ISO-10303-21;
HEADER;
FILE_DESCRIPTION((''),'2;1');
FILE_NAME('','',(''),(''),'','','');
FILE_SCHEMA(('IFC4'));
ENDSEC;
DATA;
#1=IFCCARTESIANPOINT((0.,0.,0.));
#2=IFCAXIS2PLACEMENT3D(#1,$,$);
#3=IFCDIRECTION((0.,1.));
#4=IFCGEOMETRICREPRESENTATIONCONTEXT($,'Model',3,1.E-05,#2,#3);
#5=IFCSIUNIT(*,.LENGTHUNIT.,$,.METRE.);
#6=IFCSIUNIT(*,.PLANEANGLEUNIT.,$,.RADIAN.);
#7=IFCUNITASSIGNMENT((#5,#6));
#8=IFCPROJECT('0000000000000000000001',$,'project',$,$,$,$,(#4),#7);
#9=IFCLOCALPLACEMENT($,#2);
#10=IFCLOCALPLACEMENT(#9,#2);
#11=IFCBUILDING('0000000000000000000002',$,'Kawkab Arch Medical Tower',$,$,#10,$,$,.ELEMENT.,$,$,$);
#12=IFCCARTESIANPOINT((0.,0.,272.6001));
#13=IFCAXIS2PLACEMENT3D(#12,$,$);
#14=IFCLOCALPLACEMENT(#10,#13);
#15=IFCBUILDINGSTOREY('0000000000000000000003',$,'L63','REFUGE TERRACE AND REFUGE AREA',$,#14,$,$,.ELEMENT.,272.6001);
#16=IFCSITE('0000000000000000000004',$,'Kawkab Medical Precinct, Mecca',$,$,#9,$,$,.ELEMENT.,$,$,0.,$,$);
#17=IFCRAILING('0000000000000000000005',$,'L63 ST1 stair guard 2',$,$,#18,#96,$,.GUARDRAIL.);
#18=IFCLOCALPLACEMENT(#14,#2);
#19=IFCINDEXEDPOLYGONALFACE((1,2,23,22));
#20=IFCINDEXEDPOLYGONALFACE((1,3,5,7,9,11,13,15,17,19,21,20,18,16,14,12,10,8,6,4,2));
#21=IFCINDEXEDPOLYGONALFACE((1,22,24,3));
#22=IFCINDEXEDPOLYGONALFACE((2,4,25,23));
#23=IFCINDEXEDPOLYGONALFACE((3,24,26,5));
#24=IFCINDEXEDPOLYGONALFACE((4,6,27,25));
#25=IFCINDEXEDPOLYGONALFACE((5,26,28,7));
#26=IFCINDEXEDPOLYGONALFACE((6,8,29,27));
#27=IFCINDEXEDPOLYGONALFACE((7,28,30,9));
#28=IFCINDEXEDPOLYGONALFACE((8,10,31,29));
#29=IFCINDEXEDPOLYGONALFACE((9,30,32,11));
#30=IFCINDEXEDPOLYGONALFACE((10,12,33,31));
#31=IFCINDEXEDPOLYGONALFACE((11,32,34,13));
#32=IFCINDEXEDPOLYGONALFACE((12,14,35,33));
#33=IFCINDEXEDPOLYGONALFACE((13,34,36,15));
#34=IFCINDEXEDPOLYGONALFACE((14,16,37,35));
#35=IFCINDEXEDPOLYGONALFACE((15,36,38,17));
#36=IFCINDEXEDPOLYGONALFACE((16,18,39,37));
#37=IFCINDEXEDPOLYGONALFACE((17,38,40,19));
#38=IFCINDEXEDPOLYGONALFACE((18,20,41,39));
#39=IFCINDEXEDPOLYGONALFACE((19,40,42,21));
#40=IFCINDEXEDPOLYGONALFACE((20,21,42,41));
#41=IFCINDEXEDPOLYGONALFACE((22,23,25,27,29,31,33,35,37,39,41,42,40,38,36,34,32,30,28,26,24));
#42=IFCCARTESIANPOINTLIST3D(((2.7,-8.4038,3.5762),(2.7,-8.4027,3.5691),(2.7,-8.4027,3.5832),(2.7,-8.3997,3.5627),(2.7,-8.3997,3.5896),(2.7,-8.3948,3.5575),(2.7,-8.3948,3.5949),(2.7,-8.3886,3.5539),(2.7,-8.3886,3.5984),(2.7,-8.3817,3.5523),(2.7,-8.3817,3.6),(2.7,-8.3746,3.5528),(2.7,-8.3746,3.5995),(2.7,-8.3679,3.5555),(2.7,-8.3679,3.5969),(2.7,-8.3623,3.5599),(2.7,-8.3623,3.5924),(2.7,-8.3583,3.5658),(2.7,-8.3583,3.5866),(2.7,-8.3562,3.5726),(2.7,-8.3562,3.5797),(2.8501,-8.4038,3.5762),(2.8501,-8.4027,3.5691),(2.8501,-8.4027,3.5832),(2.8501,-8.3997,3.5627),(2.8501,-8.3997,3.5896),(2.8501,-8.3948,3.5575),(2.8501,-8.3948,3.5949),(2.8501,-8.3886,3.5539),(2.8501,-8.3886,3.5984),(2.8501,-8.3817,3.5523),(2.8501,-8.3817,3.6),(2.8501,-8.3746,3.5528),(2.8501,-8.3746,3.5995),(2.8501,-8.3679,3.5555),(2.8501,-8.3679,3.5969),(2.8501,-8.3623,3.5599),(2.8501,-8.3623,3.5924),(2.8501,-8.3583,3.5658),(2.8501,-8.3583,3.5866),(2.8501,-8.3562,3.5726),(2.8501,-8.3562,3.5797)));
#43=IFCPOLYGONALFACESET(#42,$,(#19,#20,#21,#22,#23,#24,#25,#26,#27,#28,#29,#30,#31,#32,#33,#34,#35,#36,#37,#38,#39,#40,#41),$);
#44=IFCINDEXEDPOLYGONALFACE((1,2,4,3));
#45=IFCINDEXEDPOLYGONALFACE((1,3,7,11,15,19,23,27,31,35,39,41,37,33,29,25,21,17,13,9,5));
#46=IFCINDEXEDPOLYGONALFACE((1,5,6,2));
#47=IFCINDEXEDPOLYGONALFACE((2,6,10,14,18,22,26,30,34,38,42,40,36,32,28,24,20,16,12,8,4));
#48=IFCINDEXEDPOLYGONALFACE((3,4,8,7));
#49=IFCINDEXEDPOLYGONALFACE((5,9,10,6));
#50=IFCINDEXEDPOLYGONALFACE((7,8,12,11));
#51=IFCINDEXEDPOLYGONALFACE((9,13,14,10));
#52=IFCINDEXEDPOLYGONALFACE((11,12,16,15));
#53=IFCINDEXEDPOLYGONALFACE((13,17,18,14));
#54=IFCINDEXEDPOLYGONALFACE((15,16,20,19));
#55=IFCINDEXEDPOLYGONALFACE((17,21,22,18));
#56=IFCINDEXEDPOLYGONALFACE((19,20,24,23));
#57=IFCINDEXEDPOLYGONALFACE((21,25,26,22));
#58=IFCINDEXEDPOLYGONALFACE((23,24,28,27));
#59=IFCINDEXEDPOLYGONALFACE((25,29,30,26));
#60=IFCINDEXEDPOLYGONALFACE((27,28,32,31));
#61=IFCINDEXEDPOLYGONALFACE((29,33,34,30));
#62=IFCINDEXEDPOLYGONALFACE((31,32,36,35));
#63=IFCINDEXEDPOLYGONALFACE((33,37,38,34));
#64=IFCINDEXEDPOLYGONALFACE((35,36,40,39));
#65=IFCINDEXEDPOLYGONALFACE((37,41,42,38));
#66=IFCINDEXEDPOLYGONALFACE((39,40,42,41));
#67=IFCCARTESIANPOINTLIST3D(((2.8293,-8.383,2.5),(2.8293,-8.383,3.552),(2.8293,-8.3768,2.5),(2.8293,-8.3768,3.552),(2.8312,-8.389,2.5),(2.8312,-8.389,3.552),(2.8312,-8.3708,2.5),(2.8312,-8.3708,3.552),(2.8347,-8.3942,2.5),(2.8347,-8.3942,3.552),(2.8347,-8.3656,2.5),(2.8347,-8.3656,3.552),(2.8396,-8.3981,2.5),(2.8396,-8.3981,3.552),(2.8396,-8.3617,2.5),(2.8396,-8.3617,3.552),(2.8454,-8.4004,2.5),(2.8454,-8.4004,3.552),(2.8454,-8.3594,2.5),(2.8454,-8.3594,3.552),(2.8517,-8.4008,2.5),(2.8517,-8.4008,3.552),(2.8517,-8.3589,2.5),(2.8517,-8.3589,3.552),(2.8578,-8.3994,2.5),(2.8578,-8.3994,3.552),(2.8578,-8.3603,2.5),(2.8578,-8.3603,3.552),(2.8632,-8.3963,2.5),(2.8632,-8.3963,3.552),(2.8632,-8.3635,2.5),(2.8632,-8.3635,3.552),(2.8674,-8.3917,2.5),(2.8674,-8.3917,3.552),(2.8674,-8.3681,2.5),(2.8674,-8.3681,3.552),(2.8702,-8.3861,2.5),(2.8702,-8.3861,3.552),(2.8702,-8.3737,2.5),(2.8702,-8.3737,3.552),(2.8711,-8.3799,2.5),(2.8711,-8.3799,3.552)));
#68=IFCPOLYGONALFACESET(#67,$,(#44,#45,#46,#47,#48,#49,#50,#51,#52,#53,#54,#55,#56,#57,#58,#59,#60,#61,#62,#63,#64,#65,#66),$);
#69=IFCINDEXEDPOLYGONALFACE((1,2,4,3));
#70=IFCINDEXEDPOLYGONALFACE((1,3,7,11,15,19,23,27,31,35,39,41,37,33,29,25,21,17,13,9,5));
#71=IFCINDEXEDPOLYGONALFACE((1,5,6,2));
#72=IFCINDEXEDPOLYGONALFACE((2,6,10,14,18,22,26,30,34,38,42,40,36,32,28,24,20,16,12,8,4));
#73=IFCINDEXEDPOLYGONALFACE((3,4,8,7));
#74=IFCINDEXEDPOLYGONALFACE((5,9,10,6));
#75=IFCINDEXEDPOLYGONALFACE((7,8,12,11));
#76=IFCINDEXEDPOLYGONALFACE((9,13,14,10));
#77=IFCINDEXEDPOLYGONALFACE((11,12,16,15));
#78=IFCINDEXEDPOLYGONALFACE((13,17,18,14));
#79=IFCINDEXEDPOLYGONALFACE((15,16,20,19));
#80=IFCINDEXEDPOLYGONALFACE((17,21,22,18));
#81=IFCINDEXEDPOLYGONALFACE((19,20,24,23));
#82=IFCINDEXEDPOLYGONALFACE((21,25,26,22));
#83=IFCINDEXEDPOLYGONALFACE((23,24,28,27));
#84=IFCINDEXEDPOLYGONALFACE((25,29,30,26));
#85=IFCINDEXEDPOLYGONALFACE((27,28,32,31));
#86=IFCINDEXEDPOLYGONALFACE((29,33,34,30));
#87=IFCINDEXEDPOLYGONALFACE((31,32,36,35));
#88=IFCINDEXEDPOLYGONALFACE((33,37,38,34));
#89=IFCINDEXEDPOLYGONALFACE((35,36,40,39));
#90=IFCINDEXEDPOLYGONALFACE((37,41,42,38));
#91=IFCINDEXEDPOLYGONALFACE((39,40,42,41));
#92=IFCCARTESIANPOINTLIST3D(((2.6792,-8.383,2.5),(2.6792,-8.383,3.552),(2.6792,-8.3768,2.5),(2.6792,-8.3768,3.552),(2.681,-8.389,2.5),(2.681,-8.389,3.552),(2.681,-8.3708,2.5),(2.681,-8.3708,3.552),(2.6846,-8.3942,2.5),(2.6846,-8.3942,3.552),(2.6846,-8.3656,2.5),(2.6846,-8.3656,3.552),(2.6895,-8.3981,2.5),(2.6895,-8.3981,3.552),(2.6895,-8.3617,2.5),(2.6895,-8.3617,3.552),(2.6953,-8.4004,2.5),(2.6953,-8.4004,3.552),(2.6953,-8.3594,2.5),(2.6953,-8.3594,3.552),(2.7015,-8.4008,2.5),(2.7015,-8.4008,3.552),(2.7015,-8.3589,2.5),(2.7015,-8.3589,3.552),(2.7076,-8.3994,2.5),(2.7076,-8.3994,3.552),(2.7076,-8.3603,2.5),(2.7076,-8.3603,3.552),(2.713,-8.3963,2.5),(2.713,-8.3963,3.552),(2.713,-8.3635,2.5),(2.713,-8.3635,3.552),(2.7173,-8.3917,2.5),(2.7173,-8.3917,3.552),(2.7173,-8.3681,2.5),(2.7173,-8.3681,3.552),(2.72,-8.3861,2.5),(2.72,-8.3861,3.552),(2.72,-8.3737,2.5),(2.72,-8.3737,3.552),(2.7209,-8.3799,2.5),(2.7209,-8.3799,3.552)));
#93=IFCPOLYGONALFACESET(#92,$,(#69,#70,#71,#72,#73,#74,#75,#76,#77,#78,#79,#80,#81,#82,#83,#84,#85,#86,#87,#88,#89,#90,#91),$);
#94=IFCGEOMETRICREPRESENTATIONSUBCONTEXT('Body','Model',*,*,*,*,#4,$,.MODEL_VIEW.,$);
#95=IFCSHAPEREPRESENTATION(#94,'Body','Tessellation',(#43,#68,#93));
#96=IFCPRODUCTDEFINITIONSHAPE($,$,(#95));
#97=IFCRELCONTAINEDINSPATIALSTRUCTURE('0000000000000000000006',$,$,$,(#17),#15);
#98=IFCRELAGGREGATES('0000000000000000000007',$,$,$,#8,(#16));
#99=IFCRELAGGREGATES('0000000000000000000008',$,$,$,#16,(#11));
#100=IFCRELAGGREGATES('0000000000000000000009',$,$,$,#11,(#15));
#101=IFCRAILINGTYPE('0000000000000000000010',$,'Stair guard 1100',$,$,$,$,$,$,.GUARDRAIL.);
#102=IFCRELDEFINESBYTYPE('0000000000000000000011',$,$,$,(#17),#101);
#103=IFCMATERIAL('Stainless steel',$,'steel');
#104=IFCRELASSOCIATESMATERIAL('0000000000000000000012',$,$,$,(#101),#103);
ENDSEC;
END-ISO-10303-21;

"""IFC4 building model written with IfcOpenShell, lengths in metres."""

from ifc_helpers import new_model, si_unit, direction, frame, origin, origin_2d, place, context, subcontext, project, spatial, circle, extrude, material, type_object, element, save


model = new_model("IFC4")

# Units and contexts
model_context = context("Model", 3, precision=1e-05, world=origin(), true_north=direction((0.0, 1.0)))
body_context = subcontext(model_context, "Body", "Model", "MODEL_VIEW")
ifc_project = project(units=[si_unit("LENGTHUNIT", "METRE"), si_unit("PLANEANGLEUNIT", "RADIAN")], contexts=[model_context])

# Site, building, storey
site_placement = place(None, origin())
site = spatial("IfcSite", under=ifc_project, at=site_placement, Name="Kawkab Medical Precinct, Mecca", CompositionType="ELEMENT", RefElevation=0.0)
building_placement = place(site_placement, origin())
building = spatial("IfcBuilding", under=site, at=building_placement, Name="Kawkab Arch Medical Tower", CompositionType="ELEMENT")
storey_placement = place(building_placement, frame((0.0, 0.0, 272.6001)))
storey = spatial("IfcBuildingStorey", under=building, at=storey_placement, Name="L63", Description="REFUGE TERRACE AND REFUGE AREA", CompositionType="ELEMENT", Elevation=272.6001)

# Railing
ifc_material_1 = material(Name="Stainless steel", Category="steel")
railing_type = type_object("IfcRailingType", Name="Stair guard 1100", PredefinedType="GUARDRAIL", material=ifc_material_1)
railing_placement = place(storey_placement, frame((2.8501, -8.3799, 2.5)))
element("IfcRailing", 1, at=railing_placement, inside=storey, type_object=railing_type, Name="L63 ST1 stair guard 2", PredefinedType="GUARDRAIL", context=body_context, shape_type="SweptSolid", body=[
    extrude(circle(Radius=0.0239, at=origin_2d()), frame((0.0, 0.0, 1.0762), z_axis=(-1.0, 0.0, 0.0), x_axis=(0.0, -1.0, 0.0)), (0.0, 0.0, 1.0), 0.1501),
    extrude(circle(Radius=0.021, at=origin_2d()), origin(), (0.0, 0.0, 1.0), 1.052),
    extrude(circle(Radius=0.021, at=origin_2d()), frame((-0.1501, 0.0, 0.0)), (0.0, 0.0, 1.0), 1.052),
])

save(model, "model.ifc")
